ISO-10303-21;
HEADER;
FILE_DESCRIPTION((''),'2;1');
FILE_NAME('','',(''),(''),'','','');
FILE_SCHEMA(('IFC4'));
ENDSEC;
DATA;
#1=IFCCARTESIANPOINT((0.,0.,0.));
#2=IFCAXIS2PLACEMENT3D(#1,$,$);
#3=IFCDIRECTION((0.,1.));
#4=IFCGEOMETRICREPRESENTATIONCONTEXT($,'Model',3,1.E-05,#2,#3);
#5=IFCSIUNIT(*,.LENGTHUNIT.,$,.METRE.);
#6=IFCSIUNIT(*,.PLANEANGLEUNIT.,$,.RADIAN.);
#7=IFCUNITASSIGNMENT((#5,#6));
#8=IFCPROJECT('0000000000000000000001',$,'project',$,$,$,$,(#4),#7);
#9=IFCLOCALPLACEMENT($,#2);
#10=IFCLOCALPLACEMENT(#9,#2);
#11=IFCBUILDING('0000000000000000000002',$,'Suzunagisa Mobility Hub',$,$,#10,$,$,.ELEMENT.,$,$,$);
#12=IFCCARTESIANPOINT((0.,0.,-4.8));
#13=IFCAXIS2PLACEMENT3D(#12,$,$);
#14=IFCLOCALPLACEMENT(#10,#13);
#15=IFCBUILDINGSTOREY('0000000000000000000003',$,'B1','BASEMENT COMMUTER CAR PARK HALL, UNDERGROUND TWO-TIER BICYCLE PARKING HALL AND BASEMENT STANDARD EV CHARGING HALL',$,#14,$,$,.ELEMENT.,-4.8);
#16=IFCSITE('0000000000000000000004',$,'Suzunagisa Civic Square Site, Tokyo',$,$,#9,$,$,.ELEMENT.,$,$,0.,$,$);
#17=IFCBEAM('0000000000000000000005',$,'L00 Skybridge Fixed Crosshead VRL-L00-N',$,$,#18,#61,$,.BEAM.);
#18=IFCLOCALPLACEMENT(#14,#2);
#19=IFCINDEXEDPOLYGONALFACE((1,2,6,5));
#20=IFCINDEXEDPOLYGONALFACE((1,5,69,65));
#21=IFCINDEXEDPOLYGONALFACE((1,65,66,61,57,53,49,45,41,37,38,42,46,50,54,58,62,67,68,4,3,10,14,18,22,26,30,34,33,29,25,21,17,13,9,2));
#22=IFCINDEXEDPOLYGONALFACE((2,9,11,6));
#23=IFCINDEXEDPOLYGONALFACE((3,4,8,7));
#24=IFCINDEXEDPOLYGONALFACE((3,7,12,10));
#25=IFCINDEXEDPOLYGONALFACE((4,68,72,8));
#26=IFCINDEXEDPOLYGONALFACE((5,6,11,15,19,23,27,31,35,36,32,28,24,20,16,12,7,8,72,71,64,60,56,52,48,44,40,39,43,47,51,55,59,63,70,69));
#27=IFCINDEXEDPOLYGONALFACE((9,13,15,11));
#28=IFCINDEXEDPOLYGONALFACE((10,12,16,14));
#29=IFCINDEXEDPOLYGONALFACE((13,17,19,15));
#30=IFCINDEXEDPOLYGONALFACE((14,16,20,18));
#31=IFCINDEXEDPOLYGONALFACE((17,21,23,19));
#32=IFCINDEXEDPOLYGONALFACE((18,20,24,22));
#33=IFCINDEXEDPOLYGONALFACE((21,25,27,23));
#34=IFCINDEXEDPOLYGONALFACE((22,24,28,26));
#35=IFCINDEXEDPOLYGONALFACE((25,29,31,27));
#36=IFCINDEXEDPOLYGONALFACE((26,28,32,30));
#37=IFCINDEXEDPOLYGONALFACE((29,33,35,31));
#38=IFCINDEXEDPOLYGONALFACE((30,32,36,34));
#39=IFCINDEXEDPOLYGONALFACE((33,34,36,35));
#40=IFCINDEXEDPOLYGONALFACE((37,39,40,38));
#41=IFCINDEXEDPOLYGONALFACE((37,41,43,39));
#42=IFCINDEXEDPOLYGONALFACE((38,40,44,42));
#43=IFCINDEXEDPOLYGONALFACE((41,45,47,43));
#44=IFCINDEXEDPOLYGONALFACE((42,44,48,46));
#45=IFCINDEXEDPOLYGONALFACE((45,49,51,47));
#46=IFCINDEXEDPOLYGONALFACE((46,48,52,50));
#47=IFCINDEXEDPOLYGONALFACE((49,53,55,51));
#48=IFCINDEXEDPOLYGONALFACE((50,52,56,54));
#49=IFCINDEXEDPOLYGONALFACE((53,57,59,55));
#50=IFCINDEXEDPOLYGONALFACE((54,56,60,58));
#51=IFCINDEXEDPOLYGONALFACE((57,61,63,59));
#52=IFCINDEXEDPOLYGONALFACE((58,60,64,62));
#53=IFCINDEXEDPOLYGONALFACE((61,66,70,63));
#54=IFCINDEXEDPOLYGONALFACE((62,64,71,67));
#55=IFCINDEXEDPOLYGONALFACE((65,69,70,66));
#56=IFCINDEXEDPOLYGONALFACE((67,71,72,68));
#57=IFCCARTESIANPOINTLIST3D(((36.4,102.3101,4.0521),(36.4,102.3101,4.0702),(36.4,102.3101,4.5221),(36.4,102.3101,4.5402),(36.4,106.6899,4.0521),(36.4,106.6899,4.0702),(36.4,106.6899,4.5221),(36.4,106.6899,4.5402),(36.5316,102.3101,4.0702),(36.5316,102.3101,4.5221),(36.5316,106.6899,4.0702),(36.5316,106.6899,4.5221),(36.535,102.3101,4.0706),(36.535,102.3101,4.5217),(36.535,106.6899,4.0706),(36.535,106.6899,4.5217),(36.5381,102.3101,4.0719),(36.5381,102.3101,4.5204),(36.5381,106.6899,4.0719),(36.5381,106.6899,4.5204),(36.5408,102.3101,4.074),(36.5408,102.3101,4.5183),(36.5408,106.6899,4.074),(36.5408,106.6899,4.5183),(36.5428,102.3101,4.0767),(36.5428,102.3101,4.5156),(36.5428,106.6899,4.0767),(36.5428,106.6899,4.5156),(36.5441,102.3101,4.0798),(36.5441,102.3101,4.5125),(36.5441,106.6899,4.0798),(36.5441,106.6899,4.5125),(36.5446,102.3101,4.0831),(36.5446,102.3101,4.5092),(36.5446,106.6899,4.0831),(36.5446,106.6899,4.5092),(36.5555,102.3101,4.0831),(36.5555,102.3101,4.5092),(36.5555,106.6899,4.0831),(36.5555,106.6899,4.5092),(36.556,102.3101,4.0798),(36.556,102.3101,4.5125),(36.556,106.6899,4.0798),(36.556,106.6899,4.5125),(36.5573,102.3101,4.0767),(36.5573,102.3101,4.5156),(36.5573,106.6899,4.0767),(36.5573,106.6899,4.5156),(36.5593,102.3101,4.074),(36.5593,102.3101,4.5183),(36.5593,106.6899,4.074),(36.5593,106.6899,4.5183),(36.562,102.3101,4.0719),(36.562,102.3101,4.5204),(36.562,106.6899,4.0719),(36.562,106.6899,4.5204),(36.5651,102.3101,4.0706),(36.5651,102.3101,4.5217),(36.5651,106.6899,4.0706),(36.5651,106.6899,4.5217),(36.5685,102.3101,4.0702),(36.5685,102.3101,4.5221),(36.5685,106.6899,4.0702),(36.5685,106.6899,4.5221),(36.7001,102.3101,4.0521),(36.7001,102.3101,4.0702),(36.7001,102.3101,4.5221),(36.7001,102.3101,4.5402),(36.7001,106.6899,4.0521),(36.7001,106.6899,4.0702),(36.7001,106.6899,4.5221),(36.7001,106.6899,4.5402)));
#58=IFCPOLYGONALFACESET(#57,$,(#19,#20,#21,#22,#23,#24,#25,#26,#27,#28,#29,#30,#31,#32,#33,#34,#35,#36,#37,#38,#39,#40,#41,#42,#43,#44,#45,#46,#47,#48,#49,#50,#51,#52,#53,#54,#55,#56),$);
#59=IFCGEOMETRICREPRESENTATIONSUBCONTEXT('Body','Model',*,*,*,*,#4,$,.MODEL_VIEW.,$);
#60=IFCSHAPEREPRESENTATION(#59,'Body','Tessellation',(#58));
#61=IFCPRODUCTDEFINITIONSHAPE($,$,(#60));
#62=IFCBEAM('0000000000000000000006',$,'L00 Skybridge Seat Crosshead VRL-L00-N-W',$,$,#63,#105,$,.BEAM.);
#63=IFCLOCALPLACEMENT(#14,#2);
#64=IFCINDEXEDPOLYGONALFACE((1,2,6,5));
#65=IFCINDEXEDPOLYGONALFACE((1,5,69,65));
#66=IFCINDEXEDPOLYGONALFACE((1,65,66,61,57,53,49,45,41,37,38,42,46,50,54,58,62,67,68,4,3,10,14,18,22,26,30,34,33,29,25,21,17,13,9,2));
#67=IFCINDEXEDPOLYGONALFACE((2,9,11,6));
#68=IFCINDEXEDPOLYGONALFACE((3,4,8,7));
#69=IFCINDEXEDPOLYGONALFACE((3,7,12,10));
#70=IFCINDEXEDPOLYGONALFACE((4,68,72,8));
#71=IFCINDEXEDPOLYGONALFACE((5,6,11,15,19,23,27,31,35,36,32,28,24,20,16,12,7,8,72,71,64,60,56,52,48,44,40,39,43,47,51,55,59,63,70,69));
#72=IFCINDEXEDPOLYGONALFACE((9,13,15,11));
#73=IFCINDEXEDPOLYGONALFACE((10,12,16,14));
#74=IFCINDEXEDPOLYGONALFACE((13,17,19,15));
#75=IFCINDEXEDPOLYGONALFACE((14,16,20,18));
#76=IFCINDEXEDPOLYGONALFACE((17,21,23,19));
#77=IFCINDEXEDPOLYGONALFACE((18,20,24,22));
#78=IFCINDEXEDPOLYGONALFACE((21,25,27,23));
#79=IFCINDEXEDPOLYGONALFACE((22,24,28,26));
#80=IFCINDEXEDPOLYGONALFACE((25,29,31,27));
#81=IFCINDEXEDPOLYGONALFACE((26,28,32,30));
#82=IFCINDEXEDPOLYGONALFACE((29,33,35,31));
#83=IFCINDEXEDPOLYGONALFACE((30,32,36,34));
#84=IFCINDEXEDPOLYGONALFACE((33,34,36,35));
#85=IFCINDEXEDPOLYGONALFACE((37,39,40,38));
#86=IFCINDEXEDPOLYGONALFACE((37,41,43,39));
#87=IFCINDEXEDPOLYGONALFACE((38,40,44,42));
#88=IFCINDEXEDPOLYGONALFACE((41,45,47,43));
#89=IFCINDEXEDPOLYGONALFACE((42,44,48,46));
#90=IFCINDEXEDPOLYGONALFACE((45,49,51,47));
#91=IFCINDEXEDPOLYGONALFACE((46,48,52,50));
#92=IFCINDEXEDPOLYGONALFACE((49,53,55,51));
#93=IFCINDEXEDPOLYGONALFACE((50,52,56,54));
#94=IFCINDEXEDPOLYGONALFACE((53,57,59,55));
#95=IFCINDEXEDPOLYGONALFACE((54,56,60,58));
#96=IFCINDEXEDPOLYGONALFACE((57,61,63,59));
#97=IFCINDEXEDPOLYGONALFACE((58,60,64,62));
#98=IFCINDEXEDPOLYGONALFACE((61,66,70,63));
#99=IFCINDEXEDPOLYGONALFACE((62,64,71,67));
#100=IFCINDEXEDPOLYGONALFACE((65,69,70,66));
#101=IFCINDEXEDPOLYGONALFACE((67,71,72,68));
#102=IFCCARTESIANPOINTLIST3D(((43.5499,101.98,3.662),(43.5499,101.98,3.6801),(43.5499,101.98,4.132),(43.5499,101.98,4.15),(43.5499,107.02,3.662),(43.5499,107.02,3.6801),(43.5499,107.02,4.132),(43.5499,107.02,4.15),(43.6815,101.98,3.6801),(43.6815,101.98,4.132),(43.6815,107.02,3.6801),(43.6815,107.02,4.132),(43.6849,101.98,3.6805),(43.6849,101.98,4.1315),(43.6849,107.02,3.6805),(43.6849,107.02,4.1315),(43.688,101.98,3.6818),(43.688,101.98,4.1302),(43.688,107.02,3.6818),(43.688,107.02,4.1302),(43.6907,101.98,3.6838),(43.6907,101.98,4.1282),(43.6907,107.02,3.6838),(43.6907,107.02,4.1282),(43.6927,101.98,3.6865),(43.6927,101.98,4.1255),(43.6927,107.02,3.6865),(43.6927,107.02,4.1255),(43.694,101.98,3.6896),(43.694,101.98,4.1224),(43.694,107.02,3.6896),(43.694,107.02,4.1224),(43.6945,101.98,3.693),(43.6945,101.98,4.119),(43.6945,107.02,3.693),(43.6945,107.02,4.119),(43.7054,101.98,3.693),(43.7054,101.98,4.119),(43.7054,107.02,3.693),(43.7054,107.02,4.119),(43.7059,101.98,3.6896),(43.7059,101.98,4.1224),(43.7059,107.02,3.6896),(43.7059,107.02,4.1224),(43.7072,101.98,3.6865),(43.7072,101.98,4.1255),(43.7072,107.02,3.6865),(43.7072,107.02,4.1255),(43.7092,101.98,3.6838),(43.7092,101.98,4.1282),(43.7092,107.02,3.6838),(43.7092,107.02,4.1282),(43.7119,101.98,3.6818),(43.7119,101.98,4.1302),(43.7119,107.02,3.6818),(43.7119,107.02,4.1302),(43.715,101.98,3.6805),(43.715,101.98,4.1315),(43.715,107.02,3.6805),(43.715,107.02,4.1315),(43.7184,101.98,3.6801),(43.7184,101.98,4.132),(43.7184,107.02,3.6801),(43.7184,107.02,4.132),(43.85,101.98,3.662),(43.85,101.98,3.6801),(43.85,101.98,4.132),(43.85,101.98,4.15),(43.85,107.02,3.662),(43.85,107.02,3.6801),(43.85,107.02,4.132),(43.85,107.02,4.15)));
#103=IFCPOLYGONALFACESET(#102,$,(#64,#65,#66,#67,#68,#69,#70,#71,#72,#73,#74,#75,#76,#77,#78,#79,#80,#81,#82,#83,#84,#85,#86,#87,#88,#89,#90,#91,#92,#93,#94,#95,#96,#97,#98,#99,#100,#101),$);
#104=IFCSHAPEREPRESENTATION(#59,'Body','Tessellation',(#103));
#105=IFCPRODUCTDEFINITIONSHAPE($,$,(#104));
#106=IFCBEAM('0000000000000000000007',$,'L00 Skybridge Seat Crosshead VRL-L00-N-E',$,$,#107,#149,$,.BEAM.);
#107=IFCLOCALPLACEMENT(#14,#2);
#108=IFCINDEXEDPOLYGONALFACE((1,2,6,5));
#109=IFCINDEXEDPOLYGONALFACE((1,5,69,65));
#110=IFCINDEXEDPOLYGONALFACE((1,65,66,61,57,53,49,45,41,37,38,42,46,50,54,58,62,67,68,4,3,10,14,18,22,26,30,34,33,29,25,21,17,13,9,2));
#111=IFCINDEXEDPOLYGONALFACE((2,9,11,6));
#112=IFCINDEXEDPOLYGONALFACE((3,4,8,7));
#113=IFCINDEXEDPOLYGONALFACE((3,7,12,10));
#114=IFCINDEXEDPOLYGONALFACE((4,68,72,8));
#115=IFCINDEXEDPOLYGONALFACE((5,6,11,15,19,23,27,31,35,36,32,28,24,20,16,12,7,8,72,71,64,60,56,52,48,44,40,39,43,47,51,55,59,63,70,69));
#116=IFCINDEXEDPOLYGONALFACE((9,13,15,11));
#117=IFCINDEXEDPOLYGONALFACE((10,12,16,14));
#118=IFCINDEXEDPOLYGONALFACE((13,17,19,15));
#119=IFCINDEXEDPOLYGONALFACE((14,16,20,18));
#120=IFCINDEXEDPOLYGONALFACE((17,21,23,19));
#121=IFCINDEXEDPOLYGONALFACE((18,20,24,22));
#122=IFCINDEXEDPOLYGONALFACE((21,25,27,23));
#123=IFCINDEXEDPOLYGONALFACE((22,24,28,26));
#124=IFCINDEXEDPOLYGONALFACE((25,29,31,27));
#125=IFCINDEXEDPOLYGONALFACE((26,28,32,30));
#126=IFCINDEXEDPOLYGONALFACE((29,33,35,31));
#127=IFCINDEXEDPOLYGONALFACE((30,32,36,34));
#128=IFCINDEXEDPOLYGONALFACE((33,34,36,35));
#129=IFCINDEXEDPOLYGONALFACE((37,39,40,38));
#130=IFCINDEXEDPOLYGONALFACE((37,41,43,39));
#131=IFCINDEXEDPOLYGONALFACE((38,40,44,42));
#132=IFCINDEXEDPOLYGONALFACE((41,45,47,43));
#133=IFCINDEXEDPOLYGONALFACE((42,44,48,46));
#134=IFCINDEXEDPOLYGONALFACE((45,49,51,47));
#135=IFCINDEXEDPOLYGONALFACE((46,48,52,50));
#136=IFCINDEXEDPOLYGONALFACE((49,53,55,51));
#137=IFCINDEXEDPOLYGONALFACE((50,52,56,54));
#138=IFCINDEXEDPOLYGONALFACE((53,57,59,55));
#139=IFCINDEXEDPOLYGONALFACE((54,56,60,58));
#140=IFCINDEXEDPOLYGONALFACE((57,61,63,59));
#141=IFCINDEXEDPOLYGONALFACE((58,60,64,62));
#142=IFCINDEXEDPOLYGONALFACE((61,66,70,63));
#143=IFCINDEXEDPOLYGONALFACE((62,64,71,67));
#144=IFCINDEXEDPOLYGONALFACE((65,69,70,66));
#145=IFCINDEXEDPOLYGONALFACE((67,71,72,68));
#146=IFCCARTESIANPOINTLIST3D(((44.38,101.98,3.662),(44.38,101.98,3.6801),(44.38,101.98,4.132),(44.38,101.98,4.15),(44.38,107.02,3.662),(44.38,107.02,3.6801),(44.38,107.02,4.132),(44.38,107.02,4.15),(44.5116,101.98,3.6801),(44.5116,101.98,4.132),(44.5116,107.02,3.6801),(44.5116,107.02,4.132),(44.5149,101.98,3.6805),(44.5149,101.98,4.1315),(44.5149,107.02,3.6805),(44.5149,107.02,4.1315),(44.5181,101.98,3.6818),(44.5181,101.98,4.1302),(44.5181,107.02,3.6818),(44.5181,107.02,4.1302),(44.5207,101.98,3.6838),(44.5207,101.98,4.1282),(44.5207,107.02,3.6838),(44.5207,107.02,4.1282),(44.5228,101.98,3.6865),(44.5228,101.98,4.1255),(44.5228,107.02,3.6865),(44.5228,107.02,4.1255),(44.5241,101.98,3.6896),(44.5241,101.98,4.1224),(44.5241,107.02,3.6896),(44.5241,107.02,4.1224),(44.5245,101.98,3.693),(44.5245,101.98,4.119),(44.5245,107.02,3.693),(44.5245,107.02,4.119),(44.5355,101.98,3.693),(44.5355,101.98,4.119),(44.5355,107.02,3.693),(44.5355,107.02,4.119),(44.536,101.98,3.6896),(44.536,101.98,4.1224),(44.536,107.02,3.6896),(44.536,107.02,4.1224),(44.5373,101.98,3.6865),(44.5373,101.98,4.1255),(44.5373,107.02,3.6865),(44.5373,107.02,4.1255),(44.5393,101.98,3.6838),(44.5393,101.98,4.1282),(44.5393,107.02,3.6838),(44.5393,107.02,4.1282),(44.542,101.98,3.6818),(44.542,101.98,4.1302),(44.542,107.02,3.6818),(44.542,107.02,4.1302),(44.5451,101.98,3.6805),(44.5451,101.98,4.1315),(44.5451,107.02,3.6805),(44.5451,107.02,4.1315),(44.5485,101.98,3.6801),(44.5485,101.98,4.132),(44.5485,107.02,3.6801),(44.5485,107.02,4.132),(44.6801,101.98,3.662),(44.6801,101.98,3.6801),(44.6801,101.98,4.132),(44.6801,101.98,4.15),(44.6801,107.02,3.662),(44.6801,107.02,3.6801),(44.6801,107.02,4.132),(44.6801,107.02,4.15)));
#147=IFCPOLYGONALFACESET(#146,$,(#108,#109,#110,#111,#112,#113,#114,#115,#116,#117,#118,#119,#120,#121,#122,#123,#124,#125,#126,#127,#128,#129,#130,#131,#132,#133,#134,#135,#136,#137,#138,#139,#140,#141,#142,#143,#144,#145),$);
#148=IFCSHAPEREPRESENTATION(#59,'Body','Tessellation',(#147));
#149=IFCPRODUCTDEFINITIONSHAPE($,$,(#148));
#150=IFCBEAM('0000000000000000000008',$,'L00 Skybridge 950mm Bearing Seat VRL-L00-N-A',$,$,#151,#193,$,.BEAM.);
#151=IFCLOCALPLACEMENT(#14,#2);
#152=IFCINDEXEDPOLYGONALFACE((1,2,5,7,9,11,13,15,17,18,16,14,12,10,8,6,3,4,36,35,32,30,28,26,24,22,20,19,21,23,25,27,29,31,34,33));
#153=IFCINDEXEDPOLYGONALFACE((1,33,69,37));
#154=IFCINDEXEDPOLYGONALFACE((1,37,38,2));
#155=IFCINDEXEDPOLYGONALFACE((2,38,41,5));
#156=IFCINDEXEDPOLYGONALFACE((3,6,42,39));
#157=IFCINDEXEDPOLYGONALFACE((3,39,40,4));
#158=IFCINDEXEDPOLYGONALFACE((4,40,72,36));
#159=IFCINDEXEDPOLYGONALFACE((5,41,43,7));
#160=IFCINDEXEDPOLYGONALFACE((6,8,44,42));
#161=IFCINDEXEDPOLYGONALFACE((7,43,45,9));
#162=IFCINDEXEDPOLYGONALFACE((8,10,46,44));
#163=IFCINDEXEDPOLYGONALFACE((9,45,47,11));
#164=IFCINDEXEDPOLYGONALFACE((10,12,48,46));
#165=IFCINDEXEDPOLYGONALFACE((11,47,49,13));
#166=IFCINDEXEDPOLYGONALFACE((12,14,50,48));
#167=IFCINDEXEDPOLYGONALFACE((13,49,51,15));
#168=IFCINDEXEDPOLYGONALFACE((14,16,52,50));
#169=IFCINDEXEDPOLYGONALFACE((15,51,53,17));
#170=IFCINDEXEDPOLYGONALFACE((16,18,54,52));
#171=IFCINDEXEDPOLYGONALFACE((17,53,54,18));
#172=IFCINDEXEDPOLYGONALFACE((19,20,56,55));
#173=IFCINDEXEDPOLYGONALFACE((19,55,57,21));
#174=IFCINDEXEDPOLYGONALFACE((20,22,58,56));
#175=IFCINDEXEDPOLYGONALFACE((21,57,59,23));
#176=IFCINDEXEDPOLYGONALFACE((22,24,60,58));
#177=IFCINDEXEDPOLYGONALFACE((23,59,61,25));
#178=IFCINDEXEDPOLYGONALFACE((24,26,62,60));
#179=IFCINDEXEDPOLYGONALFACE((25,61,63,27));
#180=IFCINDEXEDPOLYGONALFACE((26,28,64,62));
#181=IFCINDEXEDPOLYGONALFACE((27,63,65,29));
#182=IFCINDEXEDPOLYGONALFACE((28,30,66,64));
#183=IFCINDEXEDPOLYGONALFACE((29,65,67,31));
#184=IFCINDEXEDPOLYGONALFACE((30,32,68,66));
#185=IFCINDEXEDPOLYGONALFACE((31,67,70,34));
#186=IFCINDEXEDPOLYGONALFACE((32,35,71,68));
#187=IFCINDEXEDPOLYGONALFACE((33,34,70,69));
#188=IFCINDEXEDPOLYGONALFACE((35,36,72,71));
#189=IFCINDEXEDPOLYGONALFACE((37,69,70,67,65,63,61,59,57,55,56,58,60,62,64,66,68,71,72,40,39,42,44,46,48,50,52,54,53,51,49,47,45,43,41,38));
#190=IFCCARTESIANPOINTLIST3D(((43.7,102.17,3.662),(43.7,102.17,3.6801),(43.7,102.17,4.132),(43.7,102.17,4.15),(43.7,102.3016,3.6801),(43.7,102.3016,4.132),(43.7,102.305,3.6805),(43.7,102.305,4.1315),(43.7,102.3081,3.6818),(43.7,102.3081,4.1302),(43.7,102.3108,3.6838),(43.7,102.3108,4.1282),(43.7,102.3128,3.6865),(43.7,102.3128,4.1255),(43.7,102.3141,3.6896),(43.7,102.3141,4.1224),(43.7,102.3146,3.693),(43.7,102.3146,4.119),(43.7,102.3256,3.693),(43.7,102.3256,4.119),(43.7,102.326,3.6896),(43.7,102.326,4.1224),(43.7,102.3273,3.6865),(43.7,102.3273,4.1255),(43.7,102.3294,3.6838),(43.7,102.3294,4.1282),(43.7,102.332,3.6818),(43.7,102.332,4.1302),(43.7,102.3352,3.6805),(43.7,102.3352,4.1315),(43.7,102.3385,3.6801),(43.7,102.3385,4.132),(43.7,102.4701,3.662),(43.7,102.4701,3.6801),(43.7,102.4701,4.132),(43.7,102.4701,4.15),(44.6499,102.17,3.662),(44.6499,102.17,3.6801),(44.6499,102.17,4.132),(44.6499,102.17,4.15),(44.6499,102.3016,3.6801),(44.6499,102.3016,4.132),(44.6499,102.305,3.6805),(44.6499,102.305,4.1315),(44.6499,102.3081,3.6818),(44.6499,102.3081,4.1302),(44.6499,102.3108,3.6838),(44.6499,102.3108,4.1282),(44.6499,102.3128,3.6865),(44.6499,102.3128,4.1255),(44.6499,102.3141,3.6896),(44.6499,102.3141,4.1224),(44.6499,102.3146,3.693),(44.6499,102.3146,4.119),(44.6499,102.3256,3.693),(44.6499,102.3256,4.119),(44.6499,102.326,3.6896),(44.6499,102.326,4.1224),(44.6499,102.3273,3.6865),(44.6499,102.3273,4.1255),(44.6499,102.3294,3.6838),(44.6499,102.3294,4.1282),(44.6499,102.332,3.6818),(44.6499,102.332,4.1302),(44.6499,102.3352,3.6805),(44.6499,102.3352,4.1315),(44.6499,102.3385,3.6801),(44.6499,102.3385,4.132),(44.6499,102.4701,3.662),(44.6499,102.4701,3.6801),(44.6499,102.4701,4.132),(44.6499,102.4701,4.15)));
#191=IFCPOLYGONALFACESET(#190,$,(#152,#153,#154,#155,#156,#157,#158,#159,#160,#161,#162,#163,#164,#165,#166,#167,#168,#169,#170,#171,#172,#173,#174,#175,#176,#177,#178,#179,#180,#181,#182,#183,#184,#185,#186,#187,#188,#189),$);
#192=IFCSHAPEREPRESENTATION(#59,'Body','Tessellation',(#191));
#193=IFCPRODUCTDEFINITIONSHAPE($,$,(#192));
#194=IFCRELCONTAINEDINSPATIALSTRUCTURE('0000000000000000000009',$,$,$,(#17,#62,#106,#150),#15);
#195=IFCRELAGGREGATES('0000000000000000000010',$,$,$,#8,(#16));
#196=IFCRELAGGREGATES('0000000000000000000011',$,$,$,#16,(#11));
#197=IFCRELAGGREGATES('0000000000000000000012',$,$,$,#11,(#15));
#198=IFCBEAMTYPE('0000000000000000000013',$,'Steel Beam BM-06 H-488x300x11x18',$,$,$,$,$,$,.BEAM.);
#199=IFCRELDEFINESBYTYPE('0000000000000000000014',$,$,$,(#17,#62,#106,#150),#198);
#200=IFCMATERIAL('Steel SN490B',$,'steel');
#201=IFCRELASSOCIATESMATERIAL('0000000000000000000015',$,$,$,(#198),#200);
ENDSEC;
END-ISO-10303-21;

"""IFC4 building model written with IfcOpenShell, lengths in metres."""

from ifc_helpers import new_model, si_unit, direction, frame, origin, origin_2d, place, context, subcontext, project, spatial, i_section, extrude, material, material_profile, profile_set, type_object, element, save


model = new_model("IFC4")

# Units and contexts
model_context = context("Model", 3, precision=1e-05, world=origin(), true_north=direction((0.0, 1.0)))
body_context = subcontext(model_context, "Body", "Model", "MODEL_VIEW")
ifc_project = project(units=[si_unit("LENGTHUNIT", "METRE"), si_unit("PLANEANGLEUNIT", "RADIAN")], contexts=[model_context])

# Site, building, storey
site_placement = place(None, origin())
site = spatial("IfcSite", under=ifc_project, at=site_placement, Name="Suzunagisa Civic Square Site, Tokyo", CompositionType="ELEMENT", RefElevation=0.0)
building_placement = place(site_placement, origin())
building = spatial("IfcBuilding", under=site, at=building_placement, Name="Suzunagisa Mobility Hub", CompositionType="ELEMENT")
storey_placement = place(building_placement, frame((0.0, 0.0, -4.8)))
storey = spatial("IfcBuildingStorey", under=building, at=storey_placement, Name="B1", Description="BASEMENT COMMUTER CAR PARK HALL, UNDERGROUND TWO-TIER BICYCLE PARKING HALL AND BASEMENT STANDARD EV CHARGING HALL", CompositionType="ELEMENT", Elevation=-4.8)

# Shared definitions
ifc_material_1 = material(Name="Steel SN490B", Category="steel")

# Beams
ifc_material_profile_1 = material_profile(ifc_material_1, i_section(OverallWidth=0.3, OverallDepth=0.488, WebThickness=0.011, FlangeThickness=0.0181, FilletRadius=0.0129, at=origin_2d()), Name="H-488x300x11x18")
ifc_profile_set_1 = profile_set([ifc_material_profile_1], Name="Steel SN490B")
beam_type_1 = type_object("IfcBeamType", Name="Steel Beam BM-06 H-488x300x11x18", PredefinedType="BEAM", material=ifc_profile_set_1)
beam_1_placement = place(storey_placement, frame((36.55, 102.3101, 4.2961), z_axis=(0.0, 1.0, 0.0), x_axis=(-1.0, 0.0, 0.0)))
element("IfcBeam", 1, at=beam_1_placement, inside=storey, type_object=beam_type_1, Name="L00 Skybridge Fixed Crosshead VRL-L00-N", PredefinedType="BEAM", context=body_context, shape_type="SweptSolid", body=[
    extrude(i_section(OverallWidth=0.3, OverallDepth=0.488, WebThickness=0.011, FlangeThickness=0.0181, FilletRadius=0.0129, at=origin_2d()), origin(), (0.0, 0.0, 1.0), 4.3799),
])
for number, where, z_axis, x_axis, name in (
    (2, (43.7, 101.98, 3.906), (0.0, 1.0, 0.0), (-1.0, 0.0, 0.0), "L00 Skybridge Seat Crosshead VRL-L00-N-W"),
    (3, (44.53, 101.98, 3.906), (0.0, 1.0, 0.0), (-1.0, 0.0, 0.0), "L00 Skybridge Seat Crosshead VRL-L00-N-E"),
):
    element("IfcBeam", number, at=place(storey_placement, frame(where, z_axis=z_axis, x_axis=x_axis)), inside=storey, type_object=beam_type_1, Name=name, PredefinedType="BEAM", context=body_context, shape_type="SweptSolid", body=[
        extrude(i_section(OverallWidth=0.3, OverallDepth=0.488, WebThickness=0.011, FlangeThickness=0.0181, FilletRadius=0.0129, at=origin_2d()), origin(), (0.0, 0.0, 1.0), 5.04),
    ])
for number, where, z_axis, x_axis, name in (
    (4, (43.7, 102.3201, 3.906), (1.0, 0.0, 0.0), (0.0, 1.0, 0.0), "L00 Skybridge 950mm Bearing Seat VRL-L00-N-A"),
):
    element("IfcBeam", number, at=place(storey_placement, frame(where, z_axis=z_axis, x_axis=x_axis)), inside=storey, type_object=beam_type_1, Name=name, PredefinedType="BEAM", context=body_context, shape_type="SweptSolid", body=[
        extrude(i_section(OverallWidth=0.3, OverallDepth=0.488, WebThickness=0.011, FlangeThickness=0.0181, FilletRadius=0.0129, at=origin_2d()), origin(), (0.0, 0.0, 1.0), 0.95),
    ])

save(model, "model.ifc")
